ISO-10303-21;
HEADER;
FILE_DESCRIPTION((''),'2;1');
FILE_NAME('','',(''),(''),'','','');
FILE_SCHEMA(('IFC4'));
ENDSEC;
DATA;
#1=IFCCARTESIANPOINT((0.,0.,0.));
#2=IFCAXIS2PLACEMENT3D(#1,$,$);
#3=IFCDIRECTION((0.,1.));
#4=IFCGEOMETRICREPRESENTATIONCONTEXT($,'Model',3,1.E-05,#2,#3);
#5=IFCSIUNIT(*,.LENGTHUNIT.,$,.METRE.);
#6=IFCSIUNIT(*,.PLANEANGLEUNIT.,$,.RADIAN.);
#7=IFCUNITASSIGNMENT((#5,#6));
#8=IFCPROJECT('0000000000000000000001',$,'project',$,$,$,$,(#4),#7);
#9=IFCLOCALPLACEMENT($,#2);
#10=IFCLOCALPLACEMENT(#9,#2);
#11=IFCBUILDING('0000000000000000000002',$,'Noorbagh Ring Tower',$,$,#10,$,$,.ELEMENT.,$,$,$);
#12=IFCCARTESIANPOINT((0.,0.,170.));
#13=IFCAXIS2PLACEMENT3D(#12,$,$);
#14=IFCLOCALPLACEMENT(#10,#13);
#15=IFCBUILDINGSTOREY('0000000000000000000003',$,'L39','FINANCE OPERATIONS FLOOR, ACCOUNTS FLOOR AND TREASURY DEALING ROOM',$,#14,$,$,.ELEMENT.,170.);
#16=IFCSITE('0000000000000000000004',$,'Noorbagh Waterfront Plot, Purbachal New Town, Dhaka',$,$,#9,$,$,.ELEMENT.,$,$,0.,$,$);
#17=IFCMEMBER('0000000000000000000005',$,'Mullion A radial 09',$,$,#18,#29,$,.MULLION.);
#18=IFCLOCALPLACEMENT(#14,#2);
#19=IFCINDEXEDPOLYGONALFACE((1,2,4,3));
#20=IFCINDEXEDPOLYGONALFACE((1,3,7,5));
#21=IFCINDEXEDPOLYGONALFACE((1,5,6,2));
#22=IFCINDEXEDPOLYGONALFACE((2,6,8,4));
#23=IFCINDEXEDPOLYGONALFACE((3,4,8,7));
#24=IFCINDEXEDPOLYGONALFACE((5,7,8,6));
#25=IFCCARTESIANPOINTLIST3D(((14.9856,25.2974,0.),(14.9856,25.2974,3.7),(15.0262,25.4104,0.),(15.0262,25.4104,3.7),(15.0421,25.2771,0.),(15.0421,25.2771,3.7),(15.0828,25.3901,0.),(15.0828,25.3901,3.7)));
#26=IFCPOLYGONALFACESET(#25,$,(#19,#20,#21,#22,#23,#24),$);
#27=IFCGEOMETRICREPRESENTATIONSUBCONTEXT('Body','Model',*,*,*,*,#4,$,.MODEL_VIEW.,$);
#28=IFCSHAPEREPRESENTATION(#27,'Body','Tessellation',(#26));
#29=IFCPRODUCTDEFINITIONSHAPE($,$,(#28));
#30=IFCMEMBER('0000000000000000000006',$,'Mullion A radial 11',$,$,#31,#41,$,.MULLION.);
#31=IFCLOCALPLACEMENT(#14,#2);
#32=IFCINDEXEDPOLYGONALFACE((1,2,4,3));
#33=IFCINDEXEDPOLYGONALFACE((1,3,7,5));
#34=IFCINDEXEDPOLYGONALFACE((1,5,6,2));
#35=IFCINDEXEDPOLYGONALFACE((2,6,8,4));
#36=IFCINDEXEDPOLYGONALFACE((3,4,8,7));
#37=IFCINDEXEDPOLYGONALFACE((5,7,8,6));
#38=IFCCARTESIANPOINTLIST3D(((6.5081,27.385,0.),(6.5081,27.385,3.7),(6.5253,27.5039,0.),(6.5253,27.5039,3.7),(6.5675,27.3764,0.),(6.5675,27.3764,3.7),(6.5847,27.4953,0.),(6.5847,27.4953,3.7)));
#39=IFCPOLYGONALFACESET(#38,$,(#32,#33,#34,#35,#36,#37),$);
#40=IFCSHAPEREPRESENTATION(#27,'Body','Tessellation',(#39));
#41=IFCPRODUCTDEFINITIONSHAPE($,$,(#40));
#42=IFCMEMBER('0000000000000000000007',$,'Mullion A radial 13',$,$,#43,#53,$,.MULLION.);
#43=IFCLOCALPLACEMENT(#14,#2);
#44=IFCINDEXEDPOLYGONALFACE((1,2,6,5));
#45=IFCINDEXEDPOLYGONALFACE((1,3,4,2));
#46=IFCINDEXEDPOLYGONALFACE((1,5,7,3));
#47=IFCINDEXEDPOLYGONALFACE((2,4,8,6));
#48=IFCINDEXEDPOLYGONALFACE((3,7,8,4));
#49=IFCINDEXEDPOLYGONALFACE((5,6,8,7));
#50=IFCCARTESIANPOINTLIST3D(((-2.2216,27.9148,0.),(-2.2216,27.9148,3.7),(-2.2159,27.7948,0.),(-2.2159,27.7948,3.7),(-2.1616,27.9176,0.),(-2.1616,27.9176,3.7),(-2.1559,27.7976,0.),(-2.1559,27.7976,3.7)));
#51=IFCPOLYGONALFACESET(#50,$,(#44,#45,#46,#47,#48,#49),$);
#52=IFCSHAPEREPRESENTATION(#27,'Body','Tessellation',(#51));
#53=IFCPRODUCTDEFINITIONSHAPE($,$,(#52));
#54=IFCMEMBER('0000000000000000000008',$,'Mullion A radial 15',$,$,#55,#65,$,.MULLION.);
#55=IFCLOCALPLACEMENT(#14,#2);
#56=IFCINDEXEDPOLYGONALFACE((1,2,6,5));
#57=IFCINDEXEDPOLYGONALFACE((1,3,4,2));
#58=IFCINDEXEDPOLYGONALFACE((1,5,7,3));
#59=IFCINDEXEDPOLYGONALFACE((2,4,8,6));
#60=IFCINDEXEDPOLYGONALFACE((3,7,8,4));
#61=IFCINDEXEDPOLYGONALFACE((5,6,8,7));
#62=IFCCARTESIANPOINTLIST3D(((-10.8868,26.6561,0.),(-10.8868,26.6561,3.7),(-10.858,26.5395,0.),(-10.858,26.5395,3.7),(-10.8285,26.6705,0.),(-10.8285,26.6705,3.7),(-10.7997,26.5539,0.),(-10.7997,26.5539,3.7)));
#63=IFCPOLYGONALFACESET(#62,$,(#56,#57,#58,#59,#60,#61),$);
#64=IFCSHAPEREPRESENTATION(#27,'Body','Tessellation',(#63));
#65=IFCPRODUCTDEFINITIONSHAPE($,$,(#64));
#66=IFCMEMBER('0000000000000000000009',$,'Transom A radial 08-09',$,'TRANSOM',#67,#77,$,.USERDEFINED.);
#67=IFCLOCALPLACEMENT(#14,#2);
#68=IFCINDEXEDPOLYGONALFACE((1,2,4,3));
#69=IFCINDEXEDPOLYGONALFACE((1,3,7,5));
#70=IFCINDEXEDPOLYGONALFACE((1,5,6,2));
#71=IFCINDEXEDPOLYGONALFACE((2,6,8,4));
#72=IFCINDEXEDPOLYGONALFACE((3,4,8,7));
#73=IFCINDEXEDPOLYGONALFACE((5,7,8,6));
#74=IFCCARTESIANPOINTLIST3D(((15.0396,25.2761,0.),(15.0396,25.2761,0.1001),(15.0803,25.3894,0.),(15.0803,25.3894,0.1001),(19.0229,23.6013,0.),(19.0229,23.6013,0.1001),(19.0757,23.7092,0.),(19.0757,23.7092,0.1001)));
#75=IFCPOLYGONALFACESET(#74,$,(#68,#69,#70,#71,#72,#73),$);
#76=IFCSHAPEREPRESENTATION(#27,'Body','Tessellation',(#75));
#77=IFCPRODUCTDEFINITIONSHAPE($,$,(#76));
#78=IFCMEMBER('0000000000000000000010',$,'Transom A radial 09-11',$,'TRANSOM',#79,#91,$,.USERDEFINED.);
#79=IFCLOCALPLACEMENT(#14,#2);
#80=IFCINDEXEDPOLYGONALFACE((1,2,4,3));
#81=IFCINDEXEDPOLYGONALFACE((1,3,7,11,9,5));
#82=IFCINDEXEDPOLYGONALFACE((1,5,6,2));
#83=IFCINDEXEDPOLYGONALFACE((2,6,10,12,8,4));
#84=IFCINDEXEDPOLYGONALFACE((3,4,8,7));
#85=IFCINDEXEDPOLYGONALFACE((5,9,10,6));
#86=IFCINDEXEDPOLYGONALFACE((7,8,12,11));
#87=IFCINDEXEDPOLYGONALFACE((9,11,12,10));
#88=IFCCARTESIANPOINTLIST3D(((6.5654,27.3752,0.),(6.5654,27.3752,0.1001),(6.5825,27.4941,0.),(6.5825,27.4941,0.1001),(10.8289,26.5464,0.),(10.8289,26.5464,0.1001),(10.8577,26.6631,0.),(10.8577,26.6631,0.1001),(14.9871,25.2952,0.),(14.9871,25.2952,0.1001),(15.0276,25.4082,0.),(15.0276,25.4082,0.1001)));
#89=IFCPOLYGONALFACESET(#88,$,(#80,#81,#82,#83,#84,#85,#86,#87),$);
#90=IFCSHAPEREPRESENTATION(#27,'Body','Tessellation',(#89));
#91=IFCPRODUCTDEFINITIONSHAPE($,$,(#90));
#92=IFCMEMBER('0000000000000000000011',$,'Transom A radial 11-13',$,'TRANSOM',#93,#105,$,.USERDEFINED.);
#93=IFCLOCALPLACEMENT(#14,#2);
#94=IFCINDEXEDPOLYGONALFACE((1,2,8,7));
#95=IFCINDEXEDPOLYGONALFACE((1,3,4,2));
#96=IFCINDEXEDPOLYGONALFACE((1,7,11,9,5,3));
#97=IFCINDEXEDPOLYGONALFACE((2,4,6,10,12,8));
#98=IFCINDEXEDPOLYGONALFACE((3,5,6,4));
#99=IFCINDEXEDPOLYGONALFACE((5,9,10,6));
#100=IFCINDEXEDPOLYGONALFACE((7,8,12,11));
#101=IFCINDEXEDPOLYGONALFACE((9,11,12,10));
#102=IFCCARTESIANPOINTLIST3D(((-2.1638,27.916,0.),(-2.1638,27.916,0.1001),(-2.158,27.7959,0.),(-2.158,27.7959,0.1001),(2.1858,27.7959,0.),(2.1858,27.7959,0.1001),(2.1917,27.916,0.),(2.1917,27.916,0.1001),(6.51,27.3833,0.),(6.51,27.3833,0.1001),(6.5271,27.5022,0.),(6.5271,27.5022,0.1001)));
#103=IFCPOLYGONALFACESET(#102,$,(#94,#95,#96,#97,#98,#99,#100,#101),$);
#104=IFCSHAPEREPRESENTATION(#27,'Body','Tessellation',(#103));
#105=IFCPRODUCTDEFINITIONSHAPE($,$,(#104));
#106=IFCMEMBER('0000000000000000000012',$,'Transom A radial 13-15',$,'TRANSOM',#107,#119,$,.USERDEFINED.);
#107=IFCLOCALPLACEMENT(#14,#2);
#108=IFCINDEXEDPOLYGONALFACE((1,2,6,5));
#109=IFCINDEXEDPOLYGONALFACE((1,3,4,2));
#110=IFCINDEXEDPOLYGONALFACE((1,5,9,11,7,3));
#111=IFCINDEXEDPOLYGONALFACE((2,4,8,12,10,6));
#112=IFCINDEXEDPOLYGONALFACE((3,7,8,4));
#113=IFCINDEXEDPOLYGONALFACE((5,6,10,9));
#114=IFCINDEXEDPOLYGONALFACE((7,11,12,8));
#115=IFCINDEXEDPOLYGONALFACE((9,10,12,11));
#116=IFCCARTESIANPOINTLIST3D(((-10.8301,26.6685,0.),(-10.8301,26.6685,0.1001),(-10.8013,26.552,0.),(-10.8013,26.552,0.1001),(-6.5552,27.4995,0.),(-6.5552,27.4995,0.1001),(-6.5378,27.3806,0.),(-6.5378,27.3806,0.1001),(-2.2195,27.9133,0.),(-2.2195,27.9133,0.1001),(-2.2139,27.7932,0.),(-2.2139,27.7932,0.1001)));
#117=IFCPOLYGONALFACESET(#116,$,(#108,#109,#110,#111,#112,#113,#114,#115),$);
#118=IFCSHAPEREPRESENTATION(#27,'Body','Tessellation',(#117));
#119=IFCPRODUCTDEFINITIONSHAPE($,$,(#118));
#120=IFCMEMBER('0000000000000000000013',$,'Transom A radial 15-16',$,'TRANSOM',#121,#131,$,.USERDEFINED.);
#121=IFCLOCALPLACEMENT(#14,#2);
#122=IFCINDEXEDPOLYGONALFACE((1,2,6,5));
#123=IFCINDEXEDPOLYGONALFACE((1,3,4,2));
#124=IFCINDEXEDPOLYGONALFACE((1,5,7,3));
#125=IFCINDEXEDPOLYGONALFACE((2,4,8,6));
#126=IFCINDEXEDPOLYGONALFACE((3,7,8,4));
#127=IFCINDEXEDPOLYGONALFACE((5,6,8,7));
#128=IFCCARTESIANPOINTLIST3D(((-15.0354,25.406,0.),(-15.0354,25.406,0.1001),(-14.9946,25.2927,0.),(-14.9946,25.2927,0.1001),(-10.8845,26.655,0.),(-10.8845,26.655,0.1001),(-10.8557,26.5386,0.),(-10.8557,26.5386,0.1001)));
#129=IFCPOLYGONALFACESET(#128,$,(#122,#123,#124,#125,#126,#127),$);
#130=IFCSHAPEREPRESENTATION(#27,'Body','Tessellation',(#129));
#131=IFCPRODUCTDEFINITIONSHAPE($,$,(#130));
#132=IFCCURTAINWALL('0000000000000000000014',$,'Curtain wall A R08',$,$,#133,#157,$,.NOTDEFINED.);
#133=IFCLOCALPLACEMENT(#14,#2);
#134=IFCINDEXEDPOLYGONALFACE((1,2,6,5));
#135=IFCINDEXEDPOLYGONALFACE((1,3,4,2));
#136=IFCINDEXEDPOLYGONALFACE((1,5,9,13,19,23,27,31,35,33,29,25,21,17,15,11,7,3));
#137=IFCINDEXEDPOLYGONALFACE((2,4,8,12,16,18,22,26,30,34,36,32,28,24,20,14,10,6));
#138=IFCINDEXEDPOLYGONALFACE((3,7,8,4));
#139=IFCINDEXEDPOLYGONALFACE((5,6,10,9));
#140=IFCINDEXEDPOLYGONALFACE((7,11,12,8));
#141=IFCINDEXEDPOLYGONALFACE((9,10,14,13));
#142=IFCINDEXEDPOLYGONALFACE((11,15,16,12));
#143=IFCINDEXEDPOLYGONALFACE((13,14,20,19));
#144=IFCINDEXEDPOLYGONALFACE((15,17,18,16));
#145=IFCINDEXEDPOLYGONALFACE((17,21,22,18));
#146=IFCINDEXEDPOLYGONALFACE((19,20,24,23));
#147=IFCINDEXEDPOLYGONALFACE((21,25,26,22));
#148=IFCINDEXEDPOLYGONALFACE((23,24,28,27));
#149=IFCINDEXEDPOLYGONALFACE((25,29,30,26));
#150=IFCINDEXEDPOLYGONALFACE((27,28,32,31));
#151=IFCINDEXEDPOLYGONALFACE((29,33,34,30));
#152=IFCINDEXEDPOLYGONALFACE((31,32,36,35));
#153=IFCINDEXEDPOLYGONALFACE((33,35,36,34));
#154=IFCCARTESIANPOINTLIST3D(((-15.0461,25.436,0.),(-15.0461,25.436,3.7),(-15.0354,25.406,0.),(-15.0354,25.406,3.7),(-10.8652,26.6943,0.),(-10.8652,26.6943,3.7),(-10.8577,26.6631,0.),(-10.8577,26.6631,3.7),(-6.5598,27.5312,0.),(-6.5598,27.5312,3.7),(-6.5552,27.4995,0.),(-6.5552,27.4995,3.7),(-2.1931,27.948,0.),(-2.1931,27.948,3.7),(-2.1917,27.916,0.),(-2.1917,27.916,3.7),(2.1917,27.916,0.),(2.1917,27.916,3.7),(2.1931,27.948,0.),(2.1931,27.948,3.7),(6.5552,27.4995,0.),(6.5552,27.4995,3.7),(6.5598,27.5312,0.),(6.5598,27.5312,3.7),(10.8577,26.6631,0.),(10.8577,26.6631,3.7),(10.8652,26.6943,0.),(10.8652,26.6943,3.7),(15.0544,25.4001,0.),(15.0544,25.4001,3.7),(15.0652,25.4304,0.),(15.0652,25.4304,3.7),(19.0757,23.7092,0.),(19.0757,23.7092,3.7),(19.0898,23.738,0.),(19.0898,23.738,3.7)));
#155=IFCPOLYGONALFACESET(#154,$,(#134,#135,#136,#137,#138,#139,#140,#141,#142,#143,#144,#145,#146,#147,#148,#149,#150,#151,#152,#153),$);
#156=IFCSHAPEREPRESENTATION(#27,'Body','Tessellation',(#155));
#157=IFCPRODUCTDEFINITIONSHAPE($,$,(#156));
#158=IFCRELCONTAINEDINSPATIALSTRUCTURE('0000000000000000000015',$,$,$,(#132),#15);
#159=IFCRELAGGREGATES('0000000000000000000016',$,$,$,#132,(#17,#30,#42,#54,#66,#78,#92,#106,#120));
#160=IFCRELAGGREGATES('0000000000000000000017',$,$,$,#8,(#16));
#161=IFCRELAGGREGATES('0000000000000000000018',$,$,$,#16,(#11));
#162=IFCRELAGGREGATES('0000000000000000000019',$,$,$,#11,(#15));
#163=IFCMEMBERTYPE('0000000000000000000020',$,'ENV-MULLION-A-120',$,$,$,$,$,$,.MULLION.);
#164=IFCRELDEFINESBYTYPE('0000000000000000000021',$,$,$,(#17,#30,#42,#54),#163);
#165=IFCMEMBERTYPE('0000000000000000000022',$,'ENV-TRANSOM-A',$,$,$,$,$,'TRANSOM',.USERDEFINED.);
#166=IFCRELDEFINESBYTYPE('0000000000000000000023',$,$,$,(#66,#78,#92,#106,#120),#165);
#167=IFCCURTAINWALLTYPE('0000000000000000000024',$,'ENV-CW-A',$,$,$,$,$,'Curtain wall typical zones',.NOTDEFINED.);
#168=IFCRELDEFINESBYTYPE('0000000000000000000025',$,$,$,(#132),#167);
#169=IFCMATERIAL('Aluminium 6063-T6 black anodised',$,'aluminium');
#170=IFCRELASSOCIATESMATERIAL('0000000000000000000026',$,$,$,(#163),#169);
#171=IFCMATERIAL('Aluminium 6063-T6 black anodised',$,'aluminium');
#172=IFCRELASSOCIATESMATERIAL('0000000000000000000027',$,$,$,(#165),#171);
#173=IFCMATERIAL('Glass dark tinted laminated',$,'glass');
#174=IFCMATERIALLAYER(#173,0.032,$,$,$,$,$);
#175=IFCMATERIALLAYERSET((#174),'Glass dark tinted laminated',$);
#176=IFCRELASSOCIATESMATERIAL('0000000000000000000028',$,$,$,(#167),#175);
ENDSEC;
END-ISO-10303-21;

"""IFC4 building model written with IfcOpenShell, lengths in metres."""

from ifc_helpers import new_model, si_unit, direction, frame, origin, origin_2d, place, context, subcontext, project, spatial, polyline, rectangle, outline, extrude, material, layer, layer_set, material_profile, profile_set, type_object, element, aggregate, save


model = new_model("IFC4")

# Units and contexts
model_context = context("Model", 3, precision=1e-05, world=origin(), true_north=direction((0.0, 1.0)))
body_context = subcontext(model_context, "Body", "Model", "MODEL_VIEW")
ifc_project = project(units=[si_unit("LENGTHUNIT", "METRE"), si_unit("PLANEANGLEUNIT", "RADIAN")], contexts=[model_context])

# Members
ifc_material_1 = material(Name="Aluminium 6063-T6 black anodised", Category="aluminium")
ifc_material_profile = material_profile(ifc_material_1, rectangle(XDim=0.1201, YDim=0.0601, at=origin_2d()), Name="120x60")
ifc_profile_set = profile_set([ifc_material_profile], Name="Aluminium 6063-T6 black anodised")
member_type_1 = type_object("IfcMemberType", Name="ENV-MULLION-A-120", PredefinedType="MULLION", material=ifc_profile_set)
site_placement = place(None, origin())
building_placement = place(site_placement, origin())
storey_placement = place(building_placement, frame((0.0, 0.0, 170.0)))
member_1_placement = place(storey_placement, frame((15.0342, 25.3438, 0.0), z_axis=(0.0, 0.0, 1.0), x_axis=(-0.338379, -0.94101, 0.0)))
member_1 = element("IfcMember", 1, at=member_1_placement, type_object=member_type_1, Name="Mullion A radial 09", PredefinedType="MULLION", context=body_context, shape_type="SweptSolid", body=[
    extrude(rectangle(XDim=0.1201, YDim=0.0601, at=origin_2d()), origin(), (0.0, 0.0, 1.0), 3.7),
])
member_2_placement = place(storey_placement, frame((6.5464, 27.4402, 0.0), z_axis=(0.0, 0.0, 1.0), x_axis=(-0.143082, -0.989711, 0.0)))
member_2 = element("IfcMember", 2, at=member_2_placement, type_object=member_type_1, Name="Mullion A radial 11", PredefinedType="MULLION", context=body_context, shape_type="SweptSolid", body=[
    extrude(rectangle(XDim=0.1201, YDim=0.0601, at=origin_2d()), origin(), (0.0, 0.0, 1.0), 3.7),
])
member_3_placement = place(storey_placement, frame((-2.1887, 27.8562, 0.0), z_axis=(0.0, 0.0, 1.0), x_axis=(0.047558, -0.998868, 0.0)))
member_3 = element("IfcMember", 3, at=member_3_placement, type_object=member_type_1, Name="Mullion A radial 13", PredefinedType="MULLION", context=body_context, shape_type="SweptSolid", body=[
    extrude(rectangle(XDim=0.1201, YDim=0.0601, at=origin_2d()), origin(), (0.0, 0.0, 1.0), 3.7),
])
member_4_placement = place(storey_placement, frame((-10.8433, 26.605, 0.0), z_axis=(0.0, 0.0, 1.0), x_axis=(0.239799, -0.970823, 0.0)))
member_4 = element("IfcMember", 4, at=member_4_placement, type_object=member_type_1, Name="Mullion A radial 15", PredefinedType="MULLION", context=body_context, shape_type="SweptSolid", body=[
    extrude(rectangle(XDim=0.1201, YDim=0.0601, at=origin_2d()), origin(), (0.0, 0.0, 1.0), 3.7),
])
ifc_material_2 = material(Name="Aluminium 6063-T6 black anodised", Category="aluminium")
member_type_2 = type_object("IfcMemberType", Name="ENV-TRANSOM-A", ElementType="TRANSOM", PredefinedType="USERDEFINED", material=ifc_material_2)
member_5_placement = place(storey_placement, origin())
member_5 = element("IfcMember", 5, at=member_5_placement, type_object=member_type_2, Name="Transom A radial 08-09", ObjectType="TRANSOM", PredefinedType="USERDEFINED", context=body_context, shape_type="SweptSolid", body=[
    extrude(outline(polyline([(19.0757, 23.7092), (15.0803, 25.3894), (15.0396, 25.2761), (19.0229, 23.6013), (19.0757, 23.7092)])), origin(), (0.0, 0.0, 1.0), 0.1001),
])
member_6_placement = place(storey_placement, origin())
member_6 = element("IfcMember", 6, at=member_6_placement, type_object=member_type_2, Name="Transom A radial 09-11", ObjectType="TRANSOM", PredefinedType="USERDEFINED", context=body_context, shape_type="SweptSolid", body=[
    extrude(outline(polyline([(15.0276, 25.4082), (10.8577, 26.6631), (6.5825, 27.4941), (6.5654, 27.3752), (10.8289, 26.5464), (14.9871, 25.2952), (15.0276, 25.4082)])), origin(), (0.0, 0.0, 1.0), 0.1001),
])
member_7_placement = place(storey_placement, origin())
member_7 = element("IfcMember", 7, at=member_7_placement, type_object=member_type_2, Name="Transom A radial 11-13", ObjectType="TRANSOM", PredefinedType="USERDEFINED", context=body_context, shape_type="SweptSolid", body=[
    extrude(outline(polyline([(6.5271, 27.5022), (2.1917, 27.916), (-2.1638, 27.916), (-2.158, 27.7959), (2.1858, 27.7959), (6.51, 27.3833), (6.5271, 27.5022)])), origin(), (0.0, 0.0, 1.0), 0.1001),
])
member_8_placement = place(storey_placement, origin())
member_8 = element("IfcMember", 8, at=member_8_placement, type_object=member_type_2, Name="Transom A radial 13-15", ObjectType="TRANSOM", PredefinedType="USERDEFINED", context=body_context, shape_type="SweptSolid", body=[
    extrude(outline(polyline([(-2.2195, 27.9133), (-6.5552, 27.4995), (-10.8301, 26.6685), (-10.8013, 26.552), (-6.5378, 27.3806), (-2.2139, 27.7932), (-2.2195, 27.9133)])), origin(), (0.0, 0.0, 1.0), 0.1001),
])
member_9_placement = place(storey_placement, origin())
member_9 = element("IfcMember", 9, at=member_9_placement, type_object=member_type_2, Name="Transom A radial 15-16", ObjectType="TRANSOM", PredefinedType="USERDEFINED", context=body_context, shape_type="SweptSolid", body=[
    extrude(outline(polyline([(-10.8845, 26.655), (-15.0354, 25.406), (-14.9946, 25.2927), (-10.8557, 26.5386), (-10.8845, 26.655)])), origin(), (0.0, 0.0, 1.0), 0.1001),
])

# Site, building, storey
site = spatial("IfcSite", under=ifc_project, at=site_placement, Name="Noorbagh Waterfront Plot, Purbachal New Town, Dhaka", CompositionType="ELEMENT", RefElevation=0.0)
building = spatial("IfcBuilding", under=site, at=building_placement, Name="Noorbagh Ring Tower", CompositionType="ELEMENT")
storey = spatial("IfcBuildingStorey", under=building, at=storey_placement, Name="L39", Description="FINANCE OPERATIONS FLOOR, ACCOUNTS FLOOR AND TREASURY DEALING ROOM", CompositionType="ELEMENT", Elevation=170.0)

# Curtain wall
ifc_material_3 = material(Name="Glass dark tinted laminated", Category="glass")
ifc_layer_1 = layer(ifc_material_3, 0.032)
ifc_layer_set_1 = layer_set([ifc_layer_1], Name="Glass dark tinted laminated")
curtain_wall_type = type_object("IfcCurtainWallType", Name="ENV-CW-A", ElementType="Curtain wall typical zones", PredefinedType="NOTDEFINED", material=ifc_layer_set_1)
curtain_wall_1_placement = place(storey_placement, origin())
curtain_wall_1 = element("IfcCurtainWall", 10, at=curtain_wall_1_placement, inside=storey, type_object=curtain_wall_type, Name="Curtain wall A R08", PredefinedType="NOTDEFINED", context=body_context, shape_type="SweptSolid", body=[
    extrude(outline(polyline([(19.0898, 23.738), (15.0652, 25.4304), (10.8652, 26.6943), (6.5598, 27.5312), (2.1931, 27.948), (-2.1931, 27.948), (-6.5598, 27.5312), (-10.8652, 26.6943), (-15.0461, 25.436), (-15.0354, 25.406), (-10.8577, 26.6631), (-6.5552, 27.4995), (-2.1917, 27.916), (2.1917, 27.916), (6.5552, 27.4995), (10.8577, 26.6631), (15.0544, 25.4001), (19.0757, 23.7092), (19.0898, 23.738)])), origin(), (0.0, 0.0, 1.0), 3.7),
])
aggregate(curtain_wall_1, [member_1, member_2, member_3, member_4, member_5, member_6, member_7, member_8, member_9])

save(model, "model.ifc")
